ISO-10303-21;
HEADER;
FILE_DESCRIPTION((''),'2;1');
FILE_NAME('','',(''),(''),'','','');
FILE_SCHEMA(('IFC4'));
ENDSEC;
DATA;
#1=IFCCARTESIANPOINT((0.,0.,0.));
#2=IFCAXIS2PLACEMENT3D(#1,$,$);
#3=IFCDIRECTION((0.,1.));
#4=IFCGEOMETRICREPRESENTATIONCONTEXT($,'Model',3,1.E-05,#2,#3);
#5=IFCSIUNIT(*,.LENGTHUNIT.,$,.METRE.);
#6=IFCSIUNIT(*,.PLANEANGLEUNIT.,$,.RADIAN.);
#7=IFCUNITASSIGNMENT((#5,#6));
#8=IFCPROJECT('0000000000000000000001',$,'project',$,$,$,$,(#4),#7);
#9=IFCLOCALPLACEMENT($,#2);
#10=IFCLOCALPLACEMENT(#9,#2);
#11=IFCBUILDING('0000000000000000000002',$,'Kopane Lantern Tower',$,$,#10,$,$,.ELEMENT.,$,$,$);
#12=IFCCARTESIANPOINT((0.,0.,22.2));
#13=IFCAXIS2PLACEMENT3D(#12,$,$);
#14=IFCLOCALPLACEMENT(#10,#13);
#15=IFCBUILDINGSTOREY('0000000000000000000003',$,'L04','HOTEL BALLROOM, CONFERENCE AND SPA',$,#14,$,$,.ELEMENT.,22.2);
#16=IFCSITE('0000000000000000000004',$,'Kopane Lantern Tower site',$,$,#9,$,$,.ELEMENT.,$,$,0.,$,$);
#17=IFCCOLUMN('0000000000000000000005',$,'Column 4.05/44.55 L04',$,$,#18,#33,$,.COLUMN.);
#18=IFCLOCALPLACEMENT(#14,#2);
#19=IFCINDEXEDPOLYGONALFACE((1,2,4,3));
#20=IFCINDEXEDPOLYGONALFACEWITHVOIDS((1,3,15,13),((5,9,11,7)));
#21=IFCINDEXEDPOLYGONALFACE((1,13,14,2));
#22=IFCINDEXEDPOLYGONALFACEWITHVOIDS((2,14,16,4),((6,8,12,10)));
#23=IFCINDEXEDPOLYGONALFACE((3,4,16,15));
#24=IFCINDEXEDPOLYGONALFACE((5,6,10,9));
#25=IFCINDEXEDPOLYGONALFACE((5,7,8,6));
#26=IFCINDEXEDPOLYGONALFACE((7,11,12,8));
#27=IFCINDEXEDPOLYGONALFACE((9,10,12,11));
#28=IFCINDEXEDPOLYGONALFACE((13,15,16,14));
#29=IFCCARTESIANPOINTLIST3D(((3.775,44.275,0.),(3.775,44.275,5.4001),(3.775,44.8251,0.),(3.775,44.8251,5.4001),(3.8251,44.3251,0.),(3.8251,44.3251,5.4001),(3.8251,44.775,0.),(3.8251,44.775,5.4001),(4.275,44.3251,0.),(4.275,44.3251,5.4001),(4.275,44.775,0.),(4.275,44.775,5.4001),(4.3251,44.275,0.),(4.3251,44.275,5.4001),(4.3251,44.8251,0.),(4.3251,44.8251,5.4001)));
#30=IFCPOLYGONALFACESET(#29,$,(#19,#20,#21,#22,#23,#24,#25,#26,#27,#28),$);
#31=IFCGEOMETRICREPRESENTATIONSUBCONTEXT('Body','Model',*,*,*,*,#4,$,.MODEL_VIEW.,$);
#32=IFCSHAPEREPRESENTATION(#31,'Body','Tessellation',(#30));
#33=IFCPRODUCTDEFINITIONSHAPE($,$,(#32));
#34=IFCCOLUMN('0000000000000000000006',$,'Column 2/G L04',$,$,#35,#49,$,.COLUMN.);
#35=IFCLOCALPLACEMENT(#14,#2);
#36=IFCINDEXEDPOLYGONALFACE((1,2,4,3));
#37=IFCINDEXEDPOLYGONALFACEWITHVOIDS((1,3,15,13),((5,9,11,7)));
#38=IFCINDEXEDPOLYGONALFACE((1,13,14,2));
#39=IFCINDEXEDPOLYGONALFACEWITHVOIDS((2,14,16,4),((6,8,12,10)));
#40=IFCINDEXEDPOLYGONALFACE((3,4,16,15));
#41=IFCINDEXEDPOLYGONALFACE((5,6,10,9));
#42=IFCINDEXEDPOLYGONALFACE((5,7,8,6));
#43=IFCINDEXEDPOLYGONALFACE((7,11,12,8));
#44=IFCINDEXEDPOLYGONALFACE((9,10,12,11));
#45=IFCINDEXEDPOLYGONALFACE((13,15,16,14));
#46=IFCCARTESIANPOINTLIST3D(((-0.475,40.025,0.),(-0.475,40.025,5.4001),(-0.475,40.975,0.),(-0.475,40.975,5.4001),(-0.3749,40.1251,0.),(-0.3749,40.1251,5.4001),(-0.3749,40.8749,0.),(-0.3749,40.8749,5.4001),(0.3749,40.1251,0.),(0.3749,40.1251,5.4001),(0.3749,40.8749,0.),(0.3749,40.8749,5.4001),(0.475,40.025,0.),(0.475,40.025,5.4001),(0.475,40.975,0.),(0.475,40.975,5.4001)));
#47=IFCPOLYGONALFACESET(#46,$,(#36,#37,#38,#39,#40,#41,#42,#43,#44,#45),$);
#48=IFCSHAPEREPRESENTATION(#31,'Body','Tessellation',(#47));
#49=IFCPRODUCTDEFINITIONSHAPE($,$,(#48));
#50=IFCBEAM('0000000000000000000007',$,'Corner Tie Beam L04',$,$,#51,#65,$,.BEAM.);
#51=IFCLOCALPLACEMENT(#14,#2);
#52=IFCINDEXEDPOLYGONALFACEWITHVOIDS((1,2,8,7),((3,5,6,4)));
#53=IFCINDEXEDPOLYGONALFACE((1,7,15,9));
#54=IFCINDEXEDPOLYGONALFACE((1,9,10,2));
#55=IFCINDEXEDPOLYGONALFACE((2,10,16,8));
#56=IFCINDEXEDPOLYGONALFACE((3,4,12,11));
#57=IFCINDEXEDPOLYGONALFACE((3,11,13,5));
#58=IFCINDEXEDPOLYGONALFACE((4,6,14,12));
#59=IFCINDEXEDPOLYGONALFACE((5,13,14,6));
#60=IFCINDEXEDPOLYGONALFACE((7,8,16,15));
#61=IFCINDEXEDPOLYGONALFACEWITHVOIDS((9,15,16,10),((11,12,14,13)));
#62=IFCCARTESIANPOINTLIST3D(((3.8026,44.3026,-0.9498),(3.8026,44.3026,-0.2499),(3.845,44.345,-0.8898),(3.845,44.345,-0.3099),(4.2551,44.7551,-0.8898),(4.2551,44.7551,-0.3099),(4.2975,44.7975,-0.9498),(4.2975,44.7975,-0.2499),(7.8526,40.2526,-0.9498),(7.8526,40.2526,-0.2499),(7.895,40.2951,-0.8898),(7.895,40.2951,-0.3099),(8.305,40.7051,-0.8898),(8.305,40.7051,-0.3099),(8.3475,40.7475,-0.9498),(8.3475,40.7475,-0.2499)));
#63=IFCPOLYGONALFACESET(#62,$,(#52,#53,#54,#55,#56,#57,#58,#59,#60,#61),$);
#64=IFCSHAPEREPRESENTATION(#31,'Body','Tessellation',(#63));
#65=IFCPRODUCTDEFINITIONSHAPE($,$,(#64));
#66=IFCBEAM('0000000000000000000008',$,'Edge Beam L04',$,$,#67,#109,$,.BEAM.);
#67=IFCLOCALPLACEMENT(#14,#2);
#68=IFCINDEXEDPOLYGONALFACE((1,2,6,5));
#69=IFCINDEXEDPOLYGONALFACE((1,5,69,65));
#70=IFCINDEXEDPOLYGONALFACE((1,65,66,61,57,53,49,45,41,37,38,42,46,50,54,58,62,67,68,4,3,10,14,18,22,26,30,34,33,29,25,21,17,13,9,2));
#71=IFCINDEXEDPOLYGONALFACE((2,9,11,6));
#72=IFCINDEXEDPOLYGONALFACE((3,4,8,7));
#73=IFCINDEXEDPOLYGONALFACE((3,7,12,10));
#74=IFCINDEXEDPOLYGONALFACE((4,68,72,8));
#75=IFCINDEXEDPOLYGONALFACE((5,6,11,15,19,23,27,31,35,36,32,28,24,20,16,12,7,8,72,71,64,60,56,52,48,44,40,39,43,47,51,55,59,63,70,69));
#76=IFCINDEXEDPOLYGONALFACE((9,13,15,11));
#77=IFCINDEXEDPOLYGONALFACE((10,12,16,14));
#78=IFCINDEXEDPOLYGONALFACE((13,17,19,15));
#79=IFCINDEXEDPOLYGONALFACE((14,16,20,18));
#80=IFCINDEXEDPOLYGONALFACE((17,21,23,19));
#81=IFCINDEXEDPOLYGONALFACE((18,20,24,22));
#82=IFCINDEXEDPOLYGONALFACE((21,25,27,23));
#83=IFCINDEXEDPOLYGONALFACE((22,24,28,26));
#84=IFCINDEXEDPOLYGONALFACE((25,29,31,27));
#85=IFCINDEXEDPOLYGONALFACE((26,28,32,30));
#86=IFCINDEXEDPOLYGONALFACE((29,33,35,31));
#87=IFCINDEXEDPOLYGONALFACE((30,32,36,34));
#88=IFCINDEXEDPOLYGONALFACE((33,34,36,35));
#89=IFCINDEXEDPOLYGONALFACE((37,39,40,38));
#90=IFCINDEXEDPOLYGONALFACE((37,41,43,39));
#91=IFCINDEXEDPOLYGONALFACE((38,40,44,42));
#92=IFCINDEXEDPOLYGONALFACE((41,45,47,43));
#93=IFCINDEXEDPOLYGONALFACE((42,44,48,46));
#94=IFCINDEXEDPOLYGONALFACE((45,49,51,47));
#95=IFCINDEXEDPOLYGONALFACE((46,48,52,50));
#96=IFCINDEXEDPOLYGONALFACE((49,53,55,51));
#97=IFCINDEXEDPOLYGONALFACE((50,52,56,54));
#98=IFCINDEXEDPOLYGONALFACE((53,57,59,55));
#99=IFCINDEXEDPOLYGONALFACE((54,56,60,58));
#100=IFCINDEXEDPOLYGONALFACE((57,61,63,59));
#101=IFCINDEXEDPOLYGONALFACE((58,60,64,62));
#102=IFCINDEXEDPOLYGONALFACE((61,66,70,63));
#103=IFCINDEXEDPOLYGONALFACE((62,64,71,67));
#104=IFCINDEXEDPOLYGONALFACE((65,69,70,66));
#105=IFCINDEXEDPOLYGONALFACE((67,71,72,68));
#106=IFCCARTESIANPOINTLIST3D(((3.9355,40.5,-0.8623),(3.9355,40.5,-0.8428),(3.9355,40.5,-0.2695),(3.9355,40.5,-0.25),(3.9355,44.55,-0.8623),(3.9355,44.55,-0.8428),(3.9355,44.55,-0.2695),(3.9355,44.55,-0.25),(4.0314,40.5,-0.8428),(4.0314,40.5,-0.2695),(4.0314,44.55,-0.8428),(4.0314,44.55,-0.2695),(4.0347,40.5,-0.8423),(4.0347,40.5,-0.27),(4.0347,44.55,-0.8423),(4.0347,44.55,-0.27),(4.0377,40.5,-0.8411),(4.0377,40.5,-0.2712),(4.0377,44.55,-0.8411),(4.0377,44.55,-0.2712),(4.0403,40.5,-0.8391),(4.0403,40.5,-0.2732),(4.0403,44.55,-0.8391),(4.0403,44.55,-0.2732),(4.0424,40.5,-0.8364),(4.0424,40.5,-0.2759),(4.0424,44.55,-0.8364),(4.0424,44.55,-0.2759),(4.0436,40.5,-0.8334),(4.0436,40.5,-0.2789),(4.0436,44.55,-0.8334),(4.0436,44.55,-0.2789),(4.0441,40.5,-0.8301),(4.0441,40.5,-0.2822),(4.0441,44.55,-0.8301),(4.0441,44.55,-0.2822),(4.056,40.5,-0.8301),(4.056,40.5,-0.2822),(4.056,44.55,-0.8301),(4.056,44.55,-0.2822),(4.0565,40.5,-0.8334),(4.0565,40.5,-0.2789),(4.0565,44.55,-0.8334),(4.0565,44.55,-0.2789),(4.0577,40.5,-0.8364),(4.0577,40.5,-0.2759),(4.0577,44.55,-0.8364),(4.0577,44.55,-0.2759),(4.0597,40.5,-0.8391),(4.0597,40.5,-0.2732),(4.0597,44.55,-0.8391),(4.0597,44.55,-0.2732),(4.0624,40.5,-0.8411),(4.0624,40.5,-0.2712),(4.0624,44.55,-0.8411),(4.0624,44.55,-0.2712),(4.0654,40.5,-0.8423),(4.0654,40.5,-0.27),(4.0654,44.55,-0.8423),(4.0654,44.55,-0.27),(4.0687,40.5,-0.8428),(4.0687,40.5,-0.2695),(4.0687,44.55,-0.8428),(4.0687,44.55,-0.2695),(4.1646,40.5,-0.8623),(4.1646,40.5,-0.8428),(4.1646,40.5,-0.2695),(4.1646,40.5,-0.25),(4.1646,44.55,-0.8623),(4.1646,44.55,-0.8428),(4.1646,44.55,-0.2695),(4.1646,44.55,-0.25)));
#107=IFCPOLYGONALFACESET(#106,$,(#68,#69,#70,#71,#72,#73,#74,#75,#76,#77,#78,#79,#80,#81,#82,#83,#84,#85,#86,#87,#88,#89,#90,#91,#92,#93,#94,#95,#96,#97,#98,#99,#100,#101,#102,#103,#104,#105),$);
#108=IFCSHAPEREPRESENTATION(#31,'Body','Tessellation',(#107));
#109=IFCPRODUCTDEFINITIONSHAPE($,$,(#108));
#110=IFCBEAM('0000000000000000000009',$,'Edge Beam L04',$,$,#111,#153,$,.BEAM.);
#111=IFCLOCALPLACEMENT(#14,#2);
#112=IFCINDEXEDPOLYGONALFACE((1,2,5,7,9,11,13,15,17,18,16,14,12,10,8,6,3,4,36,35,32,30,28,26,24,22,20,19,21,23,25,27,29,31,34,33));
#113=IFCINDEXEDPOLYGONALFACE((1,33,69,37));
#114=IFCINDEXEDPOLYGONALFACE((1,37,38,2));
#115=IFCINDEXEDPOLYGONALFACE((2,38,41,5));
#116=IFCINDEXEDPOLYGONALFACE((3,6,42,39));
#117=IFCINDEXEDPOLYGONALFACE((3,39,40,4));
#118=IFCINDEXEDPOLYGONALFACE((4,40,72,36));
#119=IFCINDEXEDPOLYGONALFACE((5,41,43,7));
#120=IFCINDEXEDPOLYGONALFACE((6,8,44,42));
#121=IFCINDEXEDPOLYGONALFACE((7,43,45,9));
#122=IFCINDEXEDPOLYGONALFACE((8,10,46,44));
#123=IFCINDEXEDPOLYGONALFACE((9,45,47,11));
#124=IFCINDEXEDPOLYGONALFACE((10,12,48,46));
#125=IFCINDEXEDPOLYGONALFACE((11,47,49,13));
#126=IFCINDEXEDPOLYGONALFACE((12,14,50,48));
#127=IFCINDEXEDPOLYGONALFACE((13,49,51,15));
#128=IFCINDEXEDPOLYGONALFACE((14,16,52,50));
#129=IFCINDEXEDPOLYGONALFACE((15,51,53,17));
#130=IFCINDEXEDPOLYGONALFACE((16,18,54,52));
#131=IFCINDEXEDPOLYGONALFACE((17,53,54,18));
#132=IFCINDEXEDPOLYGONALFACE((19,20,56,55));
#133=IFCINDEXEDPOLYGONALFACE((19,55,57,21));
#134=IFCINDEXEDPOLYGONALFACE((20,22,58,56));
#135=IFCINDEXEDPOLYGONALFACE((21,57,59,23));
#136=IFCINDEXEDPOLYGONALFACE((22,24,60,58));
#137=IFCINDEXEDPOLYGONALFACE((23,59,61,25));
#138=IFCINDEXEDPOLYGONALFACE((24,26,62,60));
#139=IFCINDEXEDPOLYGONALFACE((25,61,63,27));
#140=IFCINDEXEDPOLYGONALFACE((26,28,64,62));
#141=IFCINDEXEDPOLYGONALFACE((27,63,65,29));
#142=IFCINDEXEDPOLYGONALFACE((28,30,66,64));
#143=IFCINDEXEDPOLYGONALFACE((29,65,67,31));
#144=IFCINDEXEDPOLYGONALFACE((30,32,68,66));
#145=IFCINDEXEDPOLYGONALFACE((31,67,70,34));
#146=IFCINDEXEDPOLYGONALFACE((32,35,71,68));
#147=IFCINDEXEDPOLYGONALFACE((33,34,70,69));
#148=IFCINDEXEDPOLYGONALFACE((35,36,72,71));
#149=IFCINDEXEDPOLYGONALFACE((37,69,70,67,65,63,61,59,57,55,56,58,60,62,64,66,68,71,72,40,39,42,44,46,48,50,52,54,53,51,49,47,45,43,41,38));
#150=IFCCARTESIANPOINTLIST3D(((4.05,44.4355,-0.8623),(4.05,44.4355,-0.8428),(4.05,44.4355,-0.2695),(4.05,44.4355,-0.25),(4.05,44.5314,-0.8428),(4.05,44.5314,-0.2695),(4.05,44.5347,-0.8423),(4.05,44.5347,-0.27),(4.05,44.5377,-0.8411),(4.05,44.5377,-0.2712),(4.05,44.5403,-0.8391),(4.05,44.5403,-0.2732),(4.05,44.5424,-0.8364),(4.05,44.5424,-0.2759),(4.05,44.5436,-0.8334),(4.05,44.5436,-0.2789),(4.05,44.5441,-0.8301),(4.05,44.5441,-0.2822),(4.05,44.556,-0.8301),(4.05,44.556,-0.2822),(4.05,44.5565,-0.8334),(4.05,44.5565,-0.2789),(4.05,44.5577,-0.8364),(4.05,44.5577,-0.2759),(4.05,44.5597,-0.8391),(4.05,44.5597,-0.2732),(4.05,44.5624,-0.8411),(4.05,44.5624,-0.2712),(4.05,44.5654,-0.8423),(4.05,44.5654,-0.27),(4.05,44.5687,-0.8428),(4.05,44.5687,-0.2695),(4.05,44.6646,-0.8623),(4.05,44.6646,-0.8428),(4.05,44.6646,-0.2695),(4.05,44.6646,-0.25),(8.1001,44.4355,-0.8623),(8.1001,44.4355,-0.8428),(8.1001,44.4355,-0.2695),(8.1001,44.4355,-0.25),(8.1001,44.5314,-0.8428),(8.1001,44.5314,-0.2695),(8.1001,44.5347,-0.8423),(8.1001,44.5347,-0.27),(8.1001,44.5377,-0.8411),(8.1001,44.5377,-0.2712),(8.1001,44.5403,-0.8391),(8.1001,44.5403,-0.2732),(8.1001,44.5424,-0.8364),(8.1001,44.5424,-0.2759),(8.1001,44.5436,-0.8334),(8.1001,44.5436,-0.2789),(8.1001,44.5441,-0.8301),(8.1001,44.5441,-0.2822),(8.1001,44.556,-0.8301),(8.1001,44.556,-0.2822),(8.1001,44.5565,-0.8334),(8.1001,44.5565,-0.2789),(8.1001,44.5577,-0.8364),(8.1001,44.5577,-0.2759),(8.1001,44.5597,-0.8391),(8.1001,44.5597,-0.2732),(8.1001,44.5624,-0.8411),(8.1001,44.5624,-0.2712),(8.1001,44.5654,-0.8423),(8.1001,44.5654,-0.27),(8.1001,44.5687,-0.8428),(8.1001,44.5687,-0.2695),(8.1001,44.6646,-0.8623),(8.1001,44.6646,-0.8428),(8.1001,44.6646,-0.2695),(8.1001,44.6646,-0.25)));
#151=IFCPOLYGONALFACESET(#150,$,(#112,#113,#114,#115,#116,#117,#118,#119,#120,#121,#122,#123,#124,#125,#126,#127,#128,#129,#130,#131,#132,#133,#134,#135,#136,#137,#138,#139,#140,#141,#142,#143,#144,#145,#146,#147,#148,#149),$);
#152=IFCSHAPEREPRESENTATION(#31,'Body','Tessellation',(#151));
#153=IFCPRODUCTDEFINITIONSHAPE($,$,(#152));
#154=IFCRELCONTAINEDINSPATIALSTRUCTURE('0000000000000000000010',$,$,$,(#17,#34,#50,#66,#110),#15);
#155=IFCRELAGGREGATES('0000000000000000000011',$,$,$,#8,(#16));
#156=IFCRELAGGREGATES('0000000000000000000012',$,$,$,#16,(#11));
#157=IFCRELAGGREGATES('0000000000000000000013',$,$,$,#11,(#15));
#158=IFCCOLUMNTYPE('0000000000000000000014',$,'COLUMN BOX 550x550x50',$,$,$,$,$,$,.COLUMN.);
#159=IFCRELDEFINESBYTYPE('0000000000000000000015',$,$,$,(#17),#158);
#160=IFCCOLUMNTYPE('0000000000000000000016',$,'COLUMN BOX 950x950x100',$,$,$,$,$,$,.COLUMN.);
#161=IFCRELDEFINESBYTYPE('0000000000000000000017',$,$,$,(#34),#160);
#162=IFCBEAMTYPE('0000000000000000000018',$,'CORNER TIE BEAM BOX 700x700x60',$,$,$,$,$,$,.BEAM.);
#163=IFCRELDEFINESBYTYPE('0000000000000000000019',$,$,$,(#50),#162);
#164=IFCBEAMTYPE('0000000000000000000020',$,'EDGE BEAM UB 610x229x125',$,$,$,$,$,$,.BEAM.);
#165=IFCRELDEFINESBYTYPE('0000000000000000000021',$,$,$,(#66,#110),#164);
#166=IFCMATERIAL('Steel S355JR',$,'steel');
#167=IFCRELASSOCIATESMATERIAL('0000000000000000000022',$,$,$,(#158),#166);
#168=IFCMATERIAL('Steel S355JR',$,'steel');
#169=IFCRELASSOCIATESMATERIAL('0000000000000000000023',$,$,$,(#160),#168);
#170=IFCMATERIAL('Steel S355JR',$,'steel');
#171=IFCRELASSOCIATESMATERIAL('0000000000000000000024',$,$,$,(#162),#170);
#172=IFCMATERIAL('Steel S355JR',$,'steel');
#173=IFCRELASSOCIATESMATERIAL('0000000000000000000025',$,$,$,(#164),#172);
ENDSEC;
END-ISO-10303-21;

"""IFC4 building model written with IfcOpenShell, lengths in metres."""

from ifc_helpers import new_model, si_unit, direction, frame, origin, origin_2d, place, context, subcontext, project, spatial, hollow_rectangle, i_section, extrude, material, material_profile, profile_set, type_object, element, save


model = new_model("IFC4")

# Units and contexts
model_context = context("Model", 3, precision=1e-05, world=origin(), true_north=direction((0.0, 1.0)))
body_context = subcontext(model_context, "Body", "Model", "MODEL_VIEW")
ifc_project = project(units=[si_unit("LENGTHUNIT", "METRE"), si_unit("PLANEANGLEUNIT", "RADIAN")], contexts=[model_context])

# Site, building, storey
site_placement = place(None, origin())
site = spatial("IfcSite", under=ifc_project, at=site_placement, Name="Kopane Lantern Tower site", CompositionType="ELEMENT", RefElevation=0.0)
building_placement = place(site_placement, origin())
building = spatial("IfcBuilding", under=site, at=building_placement, Name="Kopane Lantern Tower", CompositionType="ELEMENT")
storey_placement = place(building_placement, frame((0.0, 0.0, 22.2)))
storey = spatial("IfcBuildingStorey", under=building, at=storey_placement, Name="L04", Description="HOTEL BALLROOM, CONFERENCE AND SPA", CompositionType="ELEMENT", Elevation=22.2)

# Columns
ifc_material_1 = material(Name="Steel S355JR", Category="steel")
ifc_material_profile_1 = material_profile(ifc_material_1, hollow_rectangle(XDim=0.55, YDim=0.55, WallThickness=0.05, at=origin_2d()), Name="BOX 550x550x50")
ifc_profile_set_1 = profile_set([ifc_material_profile_1], Name="Steel S355JR")
column_type_1 = type_object("IfcColumnType", Name="COLUMN BOX 550x550x50", PredefinedType="COLUMN", material=ifc_profile_set_1)
column_1_placement = place(storey_placement, frame((4.05, 44.55, 0.0), z_axis=(0.0, 0.0, 1.0), x_axis=(1.0, 0.0, 0.0)))
element("IfcColumn", 1, at=column_1_placement, inside=storey, type_object=column_type_1, Name="Column 4.05/44.55 L04", PredefinedType="COLUMN", context=body_context, shape_type="SweptSolid", body=[
    extrude(hollow_rectangle(XDim=0.55, YDim=0.55, WallThickness=0.05, at=origin_2d()), origin(), (0.0, 0.0, 1.0), 5.4001),
])
ifc_material_2 = material(Name="Steel S355JR", Category="steel")
ifc_material_profile_2 = material_profile(ifc_material_2, hollow_rectangle(XDim=0.95, YDim=0.95, WallThickness=0.1001, at=origin_2d()), Name="BOX 950x950x100")
ifc_profile_set_2 = profile_set([ifc_material_profile_2], Name="Steel S355JR")
column_type_2 = type_object("IfcColumnType", Name="COLUMN BOX 950x950x100", PredefinedType="COLUMN", material=ifc_profile_set_2)
column_2_placement = place(storey_placement, frame((0.0, 40.5, 0.0), z_axis=(0.0, 0.0, 1.0), x_axis=(1.0, 0.0, 0.0)))
element("IfcColumn", 2, at=column_2_placement, inside=storey, type_object=column_type_2, Name="Column 2/G L04", PredefinedType="COLUMN", context=body_context, shape_type="SweptSolid", body=[
    extrude(hollow_rectangle(XDim=0.95, YDim=0.95, WallThickness=0.1001, at=origin_2d()), origin(), (0.0, 0.0, 1.0), 5.4001),
])

# Beams
ifc_material_3 = material(Name="Steel S355JR", Category="steel")
ifc_material_profile_3 = material_profile(ifc_material_3, hollow_rectangle(XDim=0.7, YDim=0.7, WallThickness=0.0601, at=origin_2d()), Name="BOX 700x700x60")
ifc_profile_set_3 = profile_set([ifc_material_profile_3], Name="Steel S355JR")
beam_type_1 = type_object("IfcBeamType", Name="CORNER TIE BEAM BOX 700x700x60", PredefinedType="BEAM", material=ifc_profile_set_3)
beam_1_placement = place(storey_placement, frame((4.05, 44.55, -0.5999), z_axis=(0.707107, -0.707107, 0.0), x_axis=(0.707107, 0.707107, 0.0)))
element("IfcBeam", 3, at=beam_1_placement, inside=storey, type_object=beam_type_1, Name="Corner Tie Beam L04", PredefinedType="BEAM", context=body_context, shape_type="SweptSolid", body=[
    extrude(hollow_rectangle(XDim=0.7, YDim=0.7, WallThickness=0.0601, at=origin_2d()), origin(), (0.0, 0.0, 1.0), 5.7275),
])
ifc_material_4 = material(Name="Steel S355JR", Category="steel")
ifc_material_profile_4 = material_profile(ifc_material_4, i_section(OverallWidth=0.229, OverallDepth=0.6123, WebThickness=0.012, FlangeThickness=0.0195, FilletRadius=0.0127, at=origin_2d()), Name="UB 610x229x125")
ifc_profile_set_4 = profile_set([ifc_material_profile_4], Name="Steel S355JR")
beam_type_2 = type_object("IfcBeamType", Name="EDGE BEAM UB 610x229x125", PredefinedType="BEAM", material=ifc_profile_set_4)
for number, where, z_axis, x_axis, name in (
    (4, (4.05, 44.55, -0.5562), (0.0, -1.0, 0.0), (1.0, 0.0, 0.0), "Edge Beam L04"),
    (5, (4.05, 44.55, -0.5562), (1.0, 0.0, 0.0), (0.0, 1.0, 0.0), "Edge Beam L04"),
):
    element("IfcBeam", number, at=place(storey_placement, frame(where, z_axis=z_axis, x_axis=x_axis)), inside=storey, type_object=beam_type_2, Name=name, PredefinedType="BEAM", context=body_context, shape_type="SweptSolid", body=[
        extrude(i_section(OverallWidth=0.229, OverallDepth=0.6123, WebThickness=0.012, FlangeThickness=0.0195, FilletRadius=0.0127, at=origin_2d()), origin(), (0.0, 0.0, 1.0), 4.05),
    ])

save(model, "model.ifc")
